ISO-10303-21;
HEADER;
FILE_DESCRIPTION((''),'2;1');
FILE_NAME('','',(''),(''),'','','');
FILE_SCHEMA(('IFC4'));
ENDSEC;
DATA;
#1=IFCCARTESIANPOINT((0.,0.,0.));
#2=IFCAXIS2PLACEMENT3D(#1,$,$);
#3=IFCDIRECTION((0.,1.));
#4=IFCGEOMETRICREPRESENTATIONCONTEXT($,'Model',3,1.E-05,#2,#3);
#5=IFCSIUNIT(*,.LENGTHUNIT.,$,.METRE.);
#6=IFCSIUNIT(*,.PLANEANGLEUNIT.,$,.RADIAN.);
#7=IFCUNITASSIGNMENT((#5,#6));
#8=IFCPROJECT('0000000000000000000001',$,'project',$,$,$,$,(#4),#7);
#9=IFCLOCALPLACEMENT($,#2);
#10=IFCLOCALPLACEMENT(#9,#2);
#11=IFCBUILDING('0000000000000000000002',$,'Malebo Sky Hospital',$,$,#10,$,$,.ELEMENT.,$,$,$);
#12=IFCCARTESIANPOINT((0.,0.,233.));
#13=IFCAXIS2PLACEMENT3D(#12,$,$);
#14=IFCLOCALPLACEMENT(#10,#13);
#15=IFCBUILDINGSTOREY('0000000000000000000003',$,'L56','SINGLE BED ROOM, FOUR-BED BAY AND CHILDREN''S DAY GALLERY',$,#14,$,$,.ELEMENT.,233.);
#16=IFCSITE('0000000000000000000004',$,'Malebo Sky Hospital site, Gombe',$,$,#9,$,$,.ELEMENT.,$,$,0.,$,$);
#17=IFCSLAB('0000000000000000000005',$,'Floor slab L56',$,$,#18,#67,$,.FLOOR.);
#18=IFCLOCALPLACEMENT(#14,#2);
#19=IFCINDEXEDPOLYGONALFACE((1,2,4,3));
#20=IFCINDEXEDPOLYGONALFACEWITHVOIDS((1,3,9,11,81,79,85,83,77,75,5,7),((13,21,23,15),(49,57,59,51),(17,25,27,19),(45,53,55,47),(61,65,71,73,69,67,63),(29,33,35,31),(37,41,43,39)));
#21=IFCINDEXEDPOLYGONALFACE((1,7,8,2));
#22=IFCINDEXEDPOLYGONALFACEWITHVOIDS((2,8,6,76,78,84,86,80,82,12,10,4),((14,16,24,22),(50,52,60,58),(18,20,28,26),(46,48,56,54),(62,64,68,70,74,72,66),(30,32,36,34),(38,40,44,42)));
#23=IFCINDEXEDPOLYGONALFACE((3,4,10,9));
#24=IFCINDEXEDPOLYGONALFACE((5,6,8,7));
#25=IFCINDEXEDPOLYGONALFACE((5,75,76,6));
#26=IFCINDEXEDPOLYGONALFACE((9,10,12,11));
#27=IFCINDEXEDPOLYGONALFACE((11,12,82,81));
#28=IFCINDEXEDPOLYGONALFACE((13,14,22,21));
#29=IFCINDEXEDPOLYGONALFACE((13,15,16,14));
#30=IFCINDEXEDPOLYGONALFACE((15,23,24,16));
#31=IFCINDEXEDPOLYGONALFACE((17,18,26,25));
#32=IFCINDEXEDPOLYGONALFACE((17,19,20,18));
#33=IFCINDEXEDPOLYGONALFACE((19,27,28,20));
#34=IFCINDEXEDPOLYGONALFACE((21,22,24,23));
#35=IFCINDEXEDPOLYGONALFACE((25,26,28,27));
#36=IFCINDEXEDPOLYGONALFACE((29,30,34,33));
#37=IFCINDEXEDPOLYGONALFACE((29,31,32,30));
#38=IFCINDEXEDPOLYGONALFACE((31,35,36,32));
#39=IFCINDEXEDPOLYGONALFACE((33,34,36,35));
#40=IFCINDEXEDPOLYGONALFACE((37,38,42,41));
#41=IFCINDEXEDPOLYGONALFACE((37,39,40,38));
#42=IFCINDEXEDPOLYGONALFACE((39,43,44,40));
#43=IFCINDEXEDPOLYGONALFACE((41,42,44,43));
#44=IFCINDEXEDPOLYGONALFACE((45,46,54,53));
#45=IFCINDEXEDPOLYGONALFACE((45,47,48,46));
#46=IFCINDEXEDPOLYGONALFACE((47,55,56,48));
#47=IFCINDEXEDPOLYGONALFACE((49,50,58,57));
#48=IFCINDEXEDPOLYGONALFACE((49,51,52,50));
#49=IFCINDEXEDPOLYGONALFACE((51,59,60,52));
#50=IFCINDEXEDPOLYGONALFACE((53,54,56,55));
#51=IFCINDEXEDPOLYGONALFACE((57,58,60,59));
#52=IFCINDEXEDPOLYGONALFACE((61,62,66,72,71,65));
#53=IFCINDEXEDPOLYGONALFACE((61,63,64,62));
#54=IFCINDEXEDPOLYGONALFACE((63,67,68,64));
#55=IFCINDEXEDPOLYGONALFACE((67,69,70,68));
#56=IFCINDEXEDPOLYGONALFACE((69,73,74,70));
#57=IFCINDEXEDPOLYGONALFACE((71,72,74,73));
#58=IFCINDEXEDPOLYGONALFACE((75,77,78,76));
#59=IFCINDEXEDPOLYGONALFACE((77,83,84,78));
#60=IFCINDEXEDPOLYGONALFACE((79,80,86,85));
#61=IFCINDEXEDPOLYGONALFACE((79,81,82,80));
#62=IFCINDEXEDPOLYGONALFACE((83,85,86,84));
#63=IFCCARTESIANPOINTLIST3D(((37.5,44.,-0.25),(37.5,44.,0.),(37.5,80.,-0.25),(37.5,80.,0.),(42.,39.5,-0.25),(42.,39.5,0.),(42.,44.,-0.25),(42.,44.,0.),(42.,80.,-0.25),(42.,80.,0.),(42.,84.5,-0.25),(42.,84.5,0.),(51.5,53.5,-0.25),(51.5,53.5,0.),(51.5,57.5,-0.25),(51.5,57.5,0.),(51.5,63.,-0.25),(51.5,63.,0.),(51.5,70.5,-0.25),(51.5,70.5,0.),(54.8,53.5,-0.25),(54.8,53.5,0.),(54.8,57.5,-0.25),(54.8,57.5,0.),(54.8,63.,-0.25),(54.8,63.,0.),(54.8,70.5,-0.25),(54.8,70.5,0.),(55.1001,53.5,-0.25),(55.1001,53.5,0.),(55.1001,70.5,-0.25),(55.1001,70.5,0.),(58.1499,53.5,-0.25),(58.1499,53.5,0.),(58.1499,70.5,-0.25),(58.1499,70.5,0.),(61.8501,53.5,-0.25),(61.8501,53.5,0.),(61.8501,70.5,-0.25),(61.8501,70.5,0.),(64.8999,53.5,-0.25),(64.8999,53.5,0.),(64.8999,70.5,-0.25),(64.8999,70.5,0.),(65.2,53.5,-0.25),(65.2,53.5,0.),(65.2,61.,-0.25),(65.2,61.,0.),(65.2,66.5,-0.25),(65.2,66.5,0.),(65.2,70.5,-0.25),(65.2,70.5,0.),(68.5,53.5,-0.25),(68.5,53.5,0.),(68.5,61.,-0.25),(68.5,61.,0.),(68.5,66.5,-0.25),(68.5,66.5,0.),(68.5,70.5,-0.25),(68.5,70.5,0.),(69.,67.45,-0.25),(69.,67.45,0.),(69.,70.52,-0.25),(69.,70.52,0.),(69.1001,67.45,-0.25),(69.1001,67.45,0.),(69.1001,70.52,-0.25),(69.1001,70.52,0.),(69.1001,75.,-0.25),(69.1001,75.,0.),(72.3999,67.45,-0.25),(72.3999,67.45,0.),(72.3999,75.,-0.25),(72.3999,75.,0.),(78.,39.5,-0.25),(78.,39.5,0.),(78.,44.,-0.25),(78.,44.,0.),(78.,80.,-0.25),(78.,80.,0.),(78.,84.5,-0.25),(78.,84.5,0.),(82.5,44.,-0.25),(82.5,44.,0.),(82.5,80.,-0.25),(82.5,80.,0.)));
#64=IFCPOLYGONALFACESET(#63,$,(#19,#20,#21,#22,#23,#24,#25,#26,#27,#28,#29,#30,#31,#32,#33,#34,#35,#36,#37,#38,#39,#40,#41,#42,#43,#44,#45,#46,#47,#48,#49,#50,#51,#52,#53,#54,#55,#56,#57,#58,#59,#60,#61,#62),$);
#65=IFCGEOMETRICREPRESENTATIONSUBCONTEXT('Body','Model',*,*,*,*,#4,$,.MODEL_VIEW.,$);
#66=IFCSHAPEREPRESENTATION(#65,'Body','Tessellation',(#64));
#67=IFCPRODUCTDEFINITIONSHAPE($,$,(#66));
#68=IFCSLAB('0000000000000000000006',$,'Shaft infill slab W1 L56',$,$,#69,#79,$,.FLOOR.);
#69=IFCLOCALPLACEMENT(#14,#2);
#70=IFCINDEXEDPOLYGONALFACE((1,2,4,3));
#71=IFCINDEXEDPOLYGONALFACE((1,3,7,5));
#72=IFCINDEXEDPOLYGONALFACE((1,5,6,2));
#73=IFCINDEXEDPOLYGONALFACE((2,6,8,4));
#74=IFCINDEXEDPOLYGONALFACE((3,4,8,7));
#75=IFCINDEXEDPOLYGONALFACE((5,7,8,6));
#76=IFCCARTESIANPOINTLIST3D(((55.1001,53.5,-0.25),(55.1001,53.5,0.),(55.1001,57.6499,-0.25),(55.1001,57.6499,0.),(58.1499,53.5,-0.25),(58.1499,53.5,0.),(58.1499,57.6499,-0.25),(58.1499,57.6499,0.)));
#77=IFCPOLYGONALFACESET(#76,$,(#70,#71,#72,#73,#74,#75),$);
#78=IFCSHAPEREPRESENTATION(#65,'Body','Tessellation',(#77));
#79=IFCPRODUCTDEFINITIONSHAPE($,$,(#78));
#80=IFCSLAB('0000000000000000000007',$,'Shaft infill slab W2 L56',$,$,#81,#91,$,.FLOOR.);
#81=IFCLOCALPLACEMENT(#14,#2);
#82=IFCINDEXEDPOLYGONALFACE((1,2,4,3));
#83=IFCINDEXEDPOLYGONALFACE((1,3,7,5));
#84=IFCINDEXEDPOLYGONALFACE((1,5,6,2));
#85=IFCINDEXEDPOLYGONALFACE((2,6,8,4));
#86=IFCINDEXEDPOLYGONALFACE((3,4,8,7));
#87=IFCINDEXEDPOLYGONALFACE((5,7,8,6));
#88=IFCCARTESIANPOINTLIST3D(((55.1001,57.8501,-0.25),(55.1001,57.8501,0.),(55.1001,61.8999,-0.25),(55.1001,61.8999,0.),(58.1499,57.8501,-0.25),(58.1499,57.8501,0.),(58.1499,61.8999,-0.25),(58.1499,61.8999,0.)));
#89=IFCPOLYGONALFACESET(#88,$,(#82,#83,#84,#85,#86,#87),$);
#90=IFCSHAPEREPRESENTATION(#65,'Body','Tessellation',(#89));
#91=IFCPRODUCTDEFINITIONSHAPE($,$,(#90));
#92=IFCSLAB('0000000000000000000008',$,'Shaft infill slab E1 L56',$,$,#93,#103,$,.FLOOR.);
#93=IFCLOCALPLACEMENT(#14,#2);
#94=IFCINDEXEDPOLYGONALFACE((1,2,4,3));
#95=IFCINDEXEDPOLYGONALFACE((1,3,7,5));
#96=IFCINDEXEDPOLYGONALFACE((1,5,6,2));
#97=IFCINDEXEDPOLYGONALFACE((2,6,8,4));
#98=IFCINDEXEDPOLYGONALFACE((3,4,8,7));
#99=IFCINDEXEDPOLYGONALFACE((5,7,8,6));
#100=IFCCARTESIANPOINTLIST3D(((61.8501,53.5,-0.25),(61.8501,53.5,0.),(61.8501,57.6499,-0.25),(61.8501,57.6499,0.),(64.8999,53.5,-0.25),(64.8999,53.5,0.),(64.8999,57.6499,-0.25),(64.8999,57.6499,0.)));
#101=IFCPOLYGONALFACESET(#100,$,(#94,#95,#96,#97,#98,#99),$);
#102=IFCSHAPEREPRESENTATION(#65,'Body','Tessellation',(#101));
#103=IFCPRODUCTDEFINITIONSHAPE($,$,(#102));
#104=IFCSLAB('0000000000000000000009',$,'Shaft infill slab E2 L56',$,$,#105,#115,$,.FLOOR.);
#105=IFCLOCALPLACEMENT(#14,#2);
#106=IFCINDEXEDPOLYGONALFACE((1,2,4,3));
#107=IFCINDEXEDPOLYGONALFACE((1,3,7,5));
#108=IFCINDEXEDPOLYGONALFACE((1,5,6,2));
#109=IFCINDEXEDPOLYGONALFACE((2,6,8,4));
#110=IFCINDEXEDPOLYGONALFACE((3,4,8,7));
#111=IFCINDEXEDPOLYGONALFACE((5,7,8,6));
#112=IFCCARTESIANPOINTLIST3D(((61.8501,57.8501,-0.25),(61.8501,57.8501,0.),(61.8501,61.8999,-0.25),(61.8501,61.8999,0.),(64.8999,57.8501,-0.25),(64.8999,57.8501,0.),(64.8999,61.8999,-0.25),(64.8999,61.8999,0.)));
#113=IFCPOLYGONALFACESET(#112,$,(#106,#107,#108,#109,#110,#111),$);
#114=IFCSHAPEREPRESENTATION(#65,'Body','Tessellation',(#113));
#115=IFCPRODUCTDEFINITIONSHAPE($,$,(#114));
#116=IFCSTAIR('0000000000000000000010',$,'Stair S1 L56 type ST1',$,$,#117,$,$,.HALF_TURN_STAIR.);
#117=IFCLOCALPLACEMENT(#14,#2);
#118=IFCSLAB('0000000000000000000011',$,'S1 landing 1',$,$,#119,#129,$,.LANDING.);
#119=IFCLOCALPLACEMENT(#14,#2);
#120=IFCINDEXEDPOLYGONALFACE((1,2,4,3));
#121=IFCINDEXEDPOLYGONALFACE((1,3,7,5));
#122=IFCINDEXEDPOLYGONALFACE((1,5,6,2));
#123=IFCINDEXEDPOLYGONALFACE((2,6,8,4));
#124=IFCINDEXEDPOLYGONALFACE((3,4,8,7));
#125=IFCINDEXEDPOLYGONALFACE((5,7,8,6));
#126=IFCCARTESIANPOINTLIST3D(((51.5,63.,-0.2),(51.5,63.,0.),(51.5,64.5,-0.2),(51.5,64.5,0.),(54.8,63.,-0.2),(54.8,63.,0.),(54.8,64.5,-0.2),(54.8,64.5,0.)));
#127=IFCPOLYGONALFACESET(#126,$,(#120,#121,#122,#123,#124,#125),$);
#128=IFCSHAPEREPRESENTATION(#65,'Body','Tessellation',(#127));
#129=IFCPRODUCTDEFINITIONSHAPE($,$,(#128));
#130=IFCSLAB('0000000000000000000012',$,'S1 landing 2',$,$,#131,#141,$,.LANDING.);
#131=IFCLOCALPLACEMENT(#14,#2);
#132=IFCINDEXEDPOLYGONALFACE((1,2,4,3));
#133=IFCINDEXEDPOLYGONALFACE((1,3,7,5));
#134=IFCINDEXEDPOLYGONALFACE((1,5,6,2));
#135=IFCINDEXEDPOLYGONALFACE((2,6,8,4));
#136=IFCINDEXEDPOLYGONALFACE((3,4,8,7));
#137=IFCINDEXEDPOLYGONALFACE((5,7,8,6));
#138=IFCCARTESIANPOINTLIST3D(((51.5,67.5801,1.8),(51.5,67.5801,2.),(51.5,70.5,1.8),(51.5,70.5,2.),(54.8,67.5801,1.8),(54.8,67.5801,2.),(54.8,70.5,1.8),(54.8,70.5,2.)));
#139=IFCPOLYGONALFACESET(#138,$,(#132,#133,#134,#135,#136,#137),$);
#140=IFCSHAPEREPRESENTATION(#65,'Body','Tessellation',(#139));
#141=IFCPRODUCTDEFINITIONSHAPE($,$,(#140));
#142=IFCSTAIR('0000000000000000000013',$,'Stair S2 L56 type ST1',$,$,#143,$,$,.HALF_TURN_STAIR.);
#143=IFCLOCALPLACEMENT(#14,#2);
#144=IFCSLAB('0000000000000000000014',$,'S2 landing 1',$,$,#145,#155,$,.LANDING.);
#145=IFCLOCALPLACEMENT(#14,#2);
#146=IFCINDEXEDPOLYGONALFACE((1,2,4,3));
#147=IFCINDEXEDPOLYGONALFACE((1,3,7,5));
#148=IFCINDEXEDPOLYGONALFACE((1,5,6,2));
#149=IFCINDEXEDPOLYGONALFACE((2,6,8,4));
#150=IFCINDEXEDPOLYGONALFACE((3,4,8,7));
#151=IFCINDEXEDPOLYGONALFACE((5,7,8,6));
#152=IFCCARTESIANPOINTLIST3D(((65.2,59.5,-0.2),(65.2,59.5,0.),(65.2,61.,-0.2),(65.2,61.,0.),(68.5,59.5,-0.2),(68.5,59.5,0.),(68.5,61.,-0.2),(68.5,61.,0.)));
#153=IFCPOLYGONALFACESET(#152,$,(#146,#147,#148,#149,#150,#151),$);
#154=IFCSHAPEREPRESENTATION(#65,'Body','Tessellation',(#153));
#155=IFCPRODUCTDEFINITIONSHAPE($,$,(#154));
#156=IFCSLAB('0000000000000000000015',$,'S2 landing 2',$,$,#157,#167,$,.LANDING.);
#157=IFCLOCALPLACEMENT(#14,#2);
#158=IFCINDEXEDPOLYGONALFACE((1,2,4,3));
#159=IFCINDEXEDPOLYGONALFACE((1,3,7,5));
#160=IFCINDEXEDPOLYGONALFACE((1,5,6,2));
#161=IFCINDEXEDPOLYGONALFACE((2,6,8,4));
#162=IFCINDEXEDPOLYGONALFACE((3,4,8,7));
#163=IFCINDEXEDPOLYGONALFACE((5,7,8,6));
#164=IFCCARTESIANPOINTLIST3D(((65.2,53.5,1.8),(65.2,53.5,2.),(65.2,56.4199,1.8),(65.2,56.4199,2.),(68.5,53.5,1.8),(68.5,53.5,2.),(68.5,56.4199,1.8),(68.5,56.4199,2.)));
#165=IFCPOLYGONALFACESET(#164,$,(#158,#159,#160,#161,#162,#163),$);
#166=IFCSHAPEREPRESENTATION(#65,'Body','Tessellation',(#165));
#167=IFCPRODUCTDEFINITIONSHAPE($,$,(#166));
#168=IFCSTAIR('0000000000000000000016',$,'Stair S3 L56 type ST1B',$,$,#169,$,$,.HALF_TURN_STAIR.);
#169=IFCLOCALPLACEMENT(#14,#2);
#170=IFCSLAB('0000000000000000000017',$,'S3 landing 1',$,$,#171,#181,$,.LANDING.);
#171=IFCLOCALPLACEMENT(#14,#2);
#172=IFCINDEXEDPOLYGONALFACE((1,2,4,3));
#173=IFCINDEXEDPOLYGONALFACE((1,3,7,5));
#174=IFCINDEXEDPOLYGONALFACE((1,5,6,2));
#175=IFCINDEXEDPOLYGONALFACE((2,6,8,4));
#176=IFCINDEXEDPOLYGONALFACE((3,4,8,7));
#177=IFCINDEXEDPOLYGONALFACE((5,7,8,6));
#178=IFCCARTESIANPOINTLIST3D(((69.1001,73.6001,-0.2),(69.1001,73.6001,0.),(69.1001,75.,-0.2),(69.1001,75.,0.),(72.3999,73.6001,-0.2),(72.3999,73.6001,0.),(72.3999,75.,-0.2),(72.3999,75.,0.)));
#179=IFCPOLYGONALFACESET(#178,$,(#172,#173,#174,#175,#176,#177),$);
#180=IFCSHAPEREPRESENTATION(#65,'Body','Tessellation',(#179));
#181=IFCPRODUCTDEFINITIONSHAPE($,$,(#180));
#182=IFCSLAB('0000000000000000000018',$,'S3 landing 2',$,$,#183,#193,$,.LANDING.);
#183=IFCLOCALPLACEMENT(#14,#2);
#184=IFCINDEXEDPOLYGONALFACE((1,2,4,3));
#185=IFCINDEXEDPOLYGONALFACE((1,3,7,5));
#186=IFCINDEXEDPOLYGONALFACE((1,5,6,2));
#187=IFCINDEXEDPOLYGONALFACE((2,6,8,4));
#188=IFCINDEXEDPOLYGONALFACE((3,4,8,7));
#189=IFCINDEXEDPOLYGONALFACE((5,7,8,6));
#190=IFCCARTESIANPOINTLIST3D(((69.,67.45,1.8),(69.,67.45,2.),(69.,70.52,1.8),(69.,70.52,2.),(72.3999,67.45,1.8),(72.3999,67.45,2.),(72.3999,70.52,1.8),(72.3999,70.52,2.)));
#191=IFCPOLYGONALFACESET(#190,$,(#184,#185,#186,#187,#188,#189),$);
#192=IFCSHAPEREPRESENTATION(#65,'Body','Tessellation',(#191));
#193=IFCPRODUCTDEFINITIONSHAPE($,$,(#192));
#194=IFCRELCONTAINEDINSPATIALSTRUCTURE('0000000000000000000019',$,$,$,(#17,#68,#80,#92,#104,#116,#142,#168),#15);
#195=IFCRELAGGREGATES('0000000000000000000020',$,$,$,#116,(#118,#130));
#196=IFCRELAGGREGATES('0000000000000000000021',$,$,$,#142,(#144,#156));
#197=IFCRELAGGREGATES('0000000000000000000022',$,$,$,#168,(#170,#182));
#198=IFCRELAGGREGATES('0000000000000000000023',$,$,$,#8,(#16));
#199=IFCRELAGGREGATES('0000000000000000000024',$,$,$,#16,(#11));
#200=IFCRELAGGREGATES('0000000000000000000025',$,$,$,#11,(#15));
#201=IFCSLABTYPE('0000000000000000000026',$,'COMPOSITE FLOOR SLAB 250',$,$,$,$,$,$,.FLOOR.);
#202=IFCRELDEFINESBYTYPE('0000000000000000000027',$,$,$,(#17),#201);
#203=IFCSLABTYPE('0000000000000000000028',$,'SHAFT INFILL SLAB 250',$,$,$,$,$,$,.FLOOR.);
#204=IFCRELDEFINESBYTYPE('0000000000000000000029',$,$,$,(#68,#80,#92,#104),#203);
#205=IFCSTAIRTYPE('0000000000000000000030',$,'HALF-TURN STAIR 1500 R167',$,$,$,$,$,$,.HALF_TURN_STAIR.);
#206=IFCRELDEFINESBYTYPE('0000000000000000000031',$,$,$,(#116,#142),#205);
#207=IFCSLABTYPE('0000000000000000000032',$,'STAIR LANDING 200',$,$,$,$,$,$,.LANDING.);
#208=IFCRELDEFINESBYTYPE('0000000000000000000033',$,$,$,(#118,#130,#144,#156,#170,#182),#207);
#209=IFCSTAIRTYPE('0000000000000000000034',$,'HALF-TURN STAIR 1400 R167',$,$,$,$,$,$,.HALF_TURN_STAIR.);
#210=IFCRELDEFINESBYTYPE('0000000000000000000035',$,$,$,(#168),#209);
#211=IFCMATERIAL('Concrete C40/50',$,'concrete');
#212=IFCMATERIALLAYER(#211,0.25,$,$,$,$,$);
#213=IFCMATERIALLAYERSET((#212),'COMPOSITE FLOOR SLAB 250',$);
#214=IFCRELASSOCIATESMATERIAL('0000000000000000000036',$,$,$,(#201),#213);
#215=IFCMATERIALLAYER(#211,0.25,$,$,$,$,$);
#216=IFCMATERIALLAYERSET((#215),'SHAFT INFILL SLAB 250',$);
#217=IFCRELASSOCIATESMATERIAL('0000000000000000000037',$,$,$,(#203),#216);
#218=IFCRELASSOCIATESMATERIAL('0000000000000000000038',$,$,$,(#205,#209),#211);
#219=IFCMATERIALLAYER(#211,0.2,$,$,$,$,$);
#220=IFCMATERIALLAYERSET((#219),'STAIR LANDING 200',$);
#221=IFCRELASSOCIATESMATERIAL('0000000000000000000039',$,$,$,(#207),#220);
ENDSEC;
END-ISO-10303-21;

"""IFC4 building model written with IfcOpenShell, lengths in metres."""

from ifc_helpers import new_model, si_unit, direction, frame, origin, place, context, subcontext, project, spatial, polyline, outline, extrude, material, layer, layer_set, type_object, element, aggregate, save


model = new_model("IFC4")

# Units and contexts
model_context = context("Model", 3, precision=1e-05, world=origin(), true_north=direction((0.0, 1.0)))
body_context = subcontext(model_context, "Body", "Model", "MODEL_VIEW")
ifc_project = project(units=[si_unit("LENGTHUNIT", "METRE"), si_unit("PLANEANGLEUNIT", "RADIAN")], contexts=[model_context])

# Site, building, storey
site_placement = place(None, origin())
site = spatial("IfcSite", under=ifc_project, at=site_placement, Name="Malebo Sky Hospital site, Gombe", CompositionType="ELEMENT", RefElevation=0.0)
building_placement = place(site_placement, origin())
building = spatial("IfcBuilding", under=site, at=building_placement, Name="Malebo Sky Hospital", CompositionType="ELEMENT")
storey_placement = place(building_placement, frame((0.0, 0.0, 233.0)))
storey = spatial("IfcBuildingStorey", under=building, at=storey_placement, Name="L56", Description="SINGLE BED ROOM, FOUR-BED BAY AND CHILDREN'S DAY GALLERY", CompositionType="ELEMENT", Elevation=233.0)

# Slabs
ifc_material_1 = material(Name="Concrete C40/50", Category="concrete")
ifc_layer_1 = layer(ifc_material_1, 0.25)
ifc_layer_set_1 = layer_set([ifc_layer_1], Name="COMPOSITE FLOOR SLAB 250")
slab_type_1 = type_object("IfcSlabType", Name="COMPOSITE FLOOR SLAB 250", PredefinedType="FLOOR", material=ifc_layer_set_1)
slab_1_placement = place(storey_placement, frame((0.0, 0.0, -0.25)))
element("IfcSlab", 1, at=slab_1_placement, inside=storey, type_object=slab_type_1, Name="Floor slab L56", PredefinedType="FLOOR", context=body_context, shape_type="SweptSolid", body=[
    extrude(outline(polyline([(42.0, 84.5), (42.0, 80.0), (37.5, 80.0), (37.5, 44.0), (42.0, 44.0), (42.0, 39.5), (78.0, 39.5), (78.0, 44.0), (82.5, 44.0), (82.5, 80.0), (78.0, 80.0), (78.0, 84.5), (42.0, 84.5)]), holes=[polyline([(55.1001, 70.5), (58.1499, 70.5), (58.1499, 53.5), (55.1001, 53.5), (55.1001, 70.5)]), polyline([(64.8999, 70.5), (64.8999, 53.5), (61.8501, 53.5), (61.8501, 70.5), (64.8999, 70.5)]), polyline([(54.8, 63.0), (51.5, 63.0), (51.5, 70.5), (54.8, 70.5), (54.8, 63.0)]), polyline([(51.5, 53.5), (51.5, 57.5), (54.8, 57.5), (54.8, 53.5), (51.5, 53.5)]), polyline([(65.2, 61.0), (68.5, 61.0), (68.5, 53.5), (65.2, 53.5), (65.2, 61.0)]), polyline([(68.5, 70.5), (68.5, 66.5), (65.2, 66.5), (65.2, 70.5), (68.5, 70.5)]), polyline([(69.0, 67.45), (69.0, 70.52), (69.1001, 70.52), (69.1001, 75.0), (72.3999, 75.0), (72.3999, 67.45), (69.1001, 67.45), (69.0, 67.45)])]), origin(), (0.0, 0.0, 1.0), 0.25),
])
ifc_layer_2 = layer(ifc_material_1, 0.25)
ifc_layer_set_2 = layer_set([ifc_layer_2], Name="SHAFT INFILL SLAB 250")
slab_type_2 = type_object("IfcSlabType", Name="SHAFT INFILL SLAB 250", PredefinedType="FLOOR", material=ifc_layer_set_2)
slab_2_placement = place(storey_placement, frame((0.0, 0.0, -0.25)))
element("IfcSlab", 2, at=slab_2_placement, inside=storey, type_object=slab_type_2, Name="Shaft infill slab W1 L56", PredefinedType="FLOOR", context=body_context, shape_type="SweptSolid", body=[
    extrude(outline(polyline([(55.1001, 53.5), (58.1499, 53.5), (58.1499, 57.6499), (55.1001, 57.6499), (55.1001, 53.5)])), origin(), (0.0, 0.0, 1.0), 0.25),
])
slab_3_placement = place(storey_placement, frame((0.0, 0.0, -0.25)))
element("IfcSlab", 3, at=slab_3_placement, inside=storey, type_object=slab_type_2, Name="Shaft infill slab W2 L56", PredefinedType="FLOOR", context=body_context, shape_type="SweptSolid", body=[
    extrude(outline(polyline([(55.1001, 57.8501), (58.1499, 57.8501), (58.1499, 61.8999), (55.1001, 61.8999), (55.1001, 57.8501)])), origin(), (0.0, 0.0, 1.0), 0.25),
])
slab_4_placement = place(storey_placement, frame((0.0, 0.0, -0.25)))
element("IfcSlab", 4, at=slab_4_placement, inside=storey, type_object=slab_type_2, Name="Shaft infill slab E1 L56", PredefinedType="FLOOR", context=body_context, shape_type="SweptSolid", body=[
    extrude(outline(polyline([(61.8501, 53.5), (64.8999, 53.5), (64.8999, 57.6499), (61.8501, 57.6499), (61.8501, 53.5)])), origin(), (0.0, 0.0, 1.0), 0.25),
])
slab_5_placement = place(storey_placement, frame((0.0, 0.0, -0.25)))
element("IfcSlab", 5, at=slab_5_placement, inside=storey, type_object=slab_type_2, Name="Shaft infill slab E2 L56", PredefinedType="FLOOR", context=body_context, shape_type="SweptSolid", body=[
    extrude(outline(polyline([(61.8501, 57.8501), (64.8999, 57.8501), (64.8999, 61.8999), (61.8501, 61.8999), (61.8501, 57.8501)])), origin(), (0.0, 0.0, 1.0), 0.25),
])

# Stairs, slabs
stair_type_1 = type_object("IfcStairType", Name="HALF-TURN STAIR 1500 R167", PredefinedType="HALF_TURN_STAIR", material=ifc_material_1)
stair_1_placement = place(storey_placement, origin())
stair_1 = element("IfcStair", 6, at=stair_1_placement, inside=storey, type_object=stair_type_1, Name="Stair S1 L56 type ST1", PredefinedType="HALF_TURN_STAIR")
ifc_layer_3 = layer(ifc_material_1, 0.2)
ifc_layer_set_3 = layer_set([ifc_layer_3], Name="STAIR LANDING 200")
slab_type_3 = type_object("IfcSlabType", Name="STAIR LANDING 200", PredefinedType="LANDING", material=ifc_layer_set_3)
slab_6_placement = place(storey_placement, frame((0.0, 0.0, -0.2)))
slab_6 = element("IfcSlab", 7, at=slab_6_placement, type_object=slab_type_3, Name="S1 landing 1", PredefinedType="LANDING", context=body_context, shape_type="SweptSolid", body=[
    extrude(outline(polyline([(51.5, 63.0), (54.8, 63.0), (54.8, 64.5), (51.5, 64.5), (51.5, 63.0)])), origin(), (0.0, 0.0, 1.0), 0.2),
])
slab_7_placement = place(storey_placement, frame((0.0, 0.0, 1.8)))
slab_7 = element("IfcSlab", 8, at=slab_7_placement, type_object=slab_type_3, Name="S1 landing 2", PredefinedType="LANDING", context=body_context, shape_type="SweptSolid", body=[
    extrude(outline(polyline([(51.5, 67.5801), (54.8, 67.5801), (54.8, 70.5), (51.5, 70.5), (51.5, 67.5801)])), origin(), (0.0, 0.0, 1.0), 0.2),
])
aggregate(stair_1, [slab_6, slab_7])
stair_2_placement = place(storey_placement, origin())
stair_2 = element("IfcStair", 9, at=stair_2_placement, inside=storey, type_object=stair_type_1, Name="Stair S2 L56 type ST1", PredefinedType="HALF_TURN_STAIR")
slab_8_placement = place(storey_placement, frame((0.0, 0.0, -0.2)))
slab_8 = element("IfcSlab", 10, at=slab_8_placement, type_object=slab_type_3, Name="S2 landing 1", PredefinedType="LANDING", context=body_context, shape_type="SweptSolid", body=[
    extrude(outline(polyline([(65.2, 59.5), (68.5, 59.5), (68.5, 61.0), (65.2, 61.0), (65.2, 59.5)])), origin(), (0.0, 0.0, 1.0), 0.2),
])
slab_9_placement = place(storey_placement, frame((0.0, 0.0, 1.8)))
slab_9 = element("IfcSlab", 11, at=slab_9_placement, type_object=slab_type_3, Name="S2 landing 2", PredefinedType="LANDING", context=body_context, shape_type="SweptSolid", body=[
    extrude(outline(polyline([(65.2, 53.5), (68.5, 53.5), (68.5, 56.4199), (65.2, 56.4199), (65.2, 53.5)])), origin(), (0.0, 0.0, 1.0), 0.2),
])
aggregate(stair_2, [slab_8, slab_9])
stair_type_2 = type_object("IfcStairType", Name="HALF-TURN STAIR 1400 R167", PredefinedType="HALF_TURN_STAIR", material=ifc_material_1)
stair_3_placement = place(storey_placement, origin())
stair_3 = element("IfcStair", 12, at=stair_3_placement, inside=storey, type_object=stair_type_2, Name="Stair S3 L56 type ST1B", PredefinedType="HALF_TURN_STAIR")
slab_10_placement = place(storey_placement, frame((0.0, 0.0, -0.2)))
slab_10 = element("IfcSlab", 13, at=slab_10_placement, type_object=slab_type_3, Name="S3 landing 1", PredefinedType="LANDING", context=body_context, shape_type="SweptSolid", body=[
    extrude(outline(polyline([(69.1001, 73.6001), (72.3999, 73.6001), (72.3999, 75.0), (69.1001, 75.0), (69.1001, 73.6001)])), origin(), (0.0, 0.0, 1.0), 0.2),
])
slab_11_placement = place(storey_placement, frame((0.0, 0.0, 1.8)))
slab_11 = element("IfcSlab", 14, at=slab_11_placement, type_object=slab_type_3, Name="S3 landing 2", PredefinedType="LANDING", context=body_context, shape_type="SweptSolid", body=[
    extrude(outline(polyline([(69.0, 67.45), (72.3999, 67.45), (72.3999, 70.52), (69.0, 70.52), (69.0, 67.45)])), origin(), (0.0, 0.0, 1.0), 0.2),
])
aggregate(stair_3, [slab_10, slab_11])

save(model, "model.ifc")
